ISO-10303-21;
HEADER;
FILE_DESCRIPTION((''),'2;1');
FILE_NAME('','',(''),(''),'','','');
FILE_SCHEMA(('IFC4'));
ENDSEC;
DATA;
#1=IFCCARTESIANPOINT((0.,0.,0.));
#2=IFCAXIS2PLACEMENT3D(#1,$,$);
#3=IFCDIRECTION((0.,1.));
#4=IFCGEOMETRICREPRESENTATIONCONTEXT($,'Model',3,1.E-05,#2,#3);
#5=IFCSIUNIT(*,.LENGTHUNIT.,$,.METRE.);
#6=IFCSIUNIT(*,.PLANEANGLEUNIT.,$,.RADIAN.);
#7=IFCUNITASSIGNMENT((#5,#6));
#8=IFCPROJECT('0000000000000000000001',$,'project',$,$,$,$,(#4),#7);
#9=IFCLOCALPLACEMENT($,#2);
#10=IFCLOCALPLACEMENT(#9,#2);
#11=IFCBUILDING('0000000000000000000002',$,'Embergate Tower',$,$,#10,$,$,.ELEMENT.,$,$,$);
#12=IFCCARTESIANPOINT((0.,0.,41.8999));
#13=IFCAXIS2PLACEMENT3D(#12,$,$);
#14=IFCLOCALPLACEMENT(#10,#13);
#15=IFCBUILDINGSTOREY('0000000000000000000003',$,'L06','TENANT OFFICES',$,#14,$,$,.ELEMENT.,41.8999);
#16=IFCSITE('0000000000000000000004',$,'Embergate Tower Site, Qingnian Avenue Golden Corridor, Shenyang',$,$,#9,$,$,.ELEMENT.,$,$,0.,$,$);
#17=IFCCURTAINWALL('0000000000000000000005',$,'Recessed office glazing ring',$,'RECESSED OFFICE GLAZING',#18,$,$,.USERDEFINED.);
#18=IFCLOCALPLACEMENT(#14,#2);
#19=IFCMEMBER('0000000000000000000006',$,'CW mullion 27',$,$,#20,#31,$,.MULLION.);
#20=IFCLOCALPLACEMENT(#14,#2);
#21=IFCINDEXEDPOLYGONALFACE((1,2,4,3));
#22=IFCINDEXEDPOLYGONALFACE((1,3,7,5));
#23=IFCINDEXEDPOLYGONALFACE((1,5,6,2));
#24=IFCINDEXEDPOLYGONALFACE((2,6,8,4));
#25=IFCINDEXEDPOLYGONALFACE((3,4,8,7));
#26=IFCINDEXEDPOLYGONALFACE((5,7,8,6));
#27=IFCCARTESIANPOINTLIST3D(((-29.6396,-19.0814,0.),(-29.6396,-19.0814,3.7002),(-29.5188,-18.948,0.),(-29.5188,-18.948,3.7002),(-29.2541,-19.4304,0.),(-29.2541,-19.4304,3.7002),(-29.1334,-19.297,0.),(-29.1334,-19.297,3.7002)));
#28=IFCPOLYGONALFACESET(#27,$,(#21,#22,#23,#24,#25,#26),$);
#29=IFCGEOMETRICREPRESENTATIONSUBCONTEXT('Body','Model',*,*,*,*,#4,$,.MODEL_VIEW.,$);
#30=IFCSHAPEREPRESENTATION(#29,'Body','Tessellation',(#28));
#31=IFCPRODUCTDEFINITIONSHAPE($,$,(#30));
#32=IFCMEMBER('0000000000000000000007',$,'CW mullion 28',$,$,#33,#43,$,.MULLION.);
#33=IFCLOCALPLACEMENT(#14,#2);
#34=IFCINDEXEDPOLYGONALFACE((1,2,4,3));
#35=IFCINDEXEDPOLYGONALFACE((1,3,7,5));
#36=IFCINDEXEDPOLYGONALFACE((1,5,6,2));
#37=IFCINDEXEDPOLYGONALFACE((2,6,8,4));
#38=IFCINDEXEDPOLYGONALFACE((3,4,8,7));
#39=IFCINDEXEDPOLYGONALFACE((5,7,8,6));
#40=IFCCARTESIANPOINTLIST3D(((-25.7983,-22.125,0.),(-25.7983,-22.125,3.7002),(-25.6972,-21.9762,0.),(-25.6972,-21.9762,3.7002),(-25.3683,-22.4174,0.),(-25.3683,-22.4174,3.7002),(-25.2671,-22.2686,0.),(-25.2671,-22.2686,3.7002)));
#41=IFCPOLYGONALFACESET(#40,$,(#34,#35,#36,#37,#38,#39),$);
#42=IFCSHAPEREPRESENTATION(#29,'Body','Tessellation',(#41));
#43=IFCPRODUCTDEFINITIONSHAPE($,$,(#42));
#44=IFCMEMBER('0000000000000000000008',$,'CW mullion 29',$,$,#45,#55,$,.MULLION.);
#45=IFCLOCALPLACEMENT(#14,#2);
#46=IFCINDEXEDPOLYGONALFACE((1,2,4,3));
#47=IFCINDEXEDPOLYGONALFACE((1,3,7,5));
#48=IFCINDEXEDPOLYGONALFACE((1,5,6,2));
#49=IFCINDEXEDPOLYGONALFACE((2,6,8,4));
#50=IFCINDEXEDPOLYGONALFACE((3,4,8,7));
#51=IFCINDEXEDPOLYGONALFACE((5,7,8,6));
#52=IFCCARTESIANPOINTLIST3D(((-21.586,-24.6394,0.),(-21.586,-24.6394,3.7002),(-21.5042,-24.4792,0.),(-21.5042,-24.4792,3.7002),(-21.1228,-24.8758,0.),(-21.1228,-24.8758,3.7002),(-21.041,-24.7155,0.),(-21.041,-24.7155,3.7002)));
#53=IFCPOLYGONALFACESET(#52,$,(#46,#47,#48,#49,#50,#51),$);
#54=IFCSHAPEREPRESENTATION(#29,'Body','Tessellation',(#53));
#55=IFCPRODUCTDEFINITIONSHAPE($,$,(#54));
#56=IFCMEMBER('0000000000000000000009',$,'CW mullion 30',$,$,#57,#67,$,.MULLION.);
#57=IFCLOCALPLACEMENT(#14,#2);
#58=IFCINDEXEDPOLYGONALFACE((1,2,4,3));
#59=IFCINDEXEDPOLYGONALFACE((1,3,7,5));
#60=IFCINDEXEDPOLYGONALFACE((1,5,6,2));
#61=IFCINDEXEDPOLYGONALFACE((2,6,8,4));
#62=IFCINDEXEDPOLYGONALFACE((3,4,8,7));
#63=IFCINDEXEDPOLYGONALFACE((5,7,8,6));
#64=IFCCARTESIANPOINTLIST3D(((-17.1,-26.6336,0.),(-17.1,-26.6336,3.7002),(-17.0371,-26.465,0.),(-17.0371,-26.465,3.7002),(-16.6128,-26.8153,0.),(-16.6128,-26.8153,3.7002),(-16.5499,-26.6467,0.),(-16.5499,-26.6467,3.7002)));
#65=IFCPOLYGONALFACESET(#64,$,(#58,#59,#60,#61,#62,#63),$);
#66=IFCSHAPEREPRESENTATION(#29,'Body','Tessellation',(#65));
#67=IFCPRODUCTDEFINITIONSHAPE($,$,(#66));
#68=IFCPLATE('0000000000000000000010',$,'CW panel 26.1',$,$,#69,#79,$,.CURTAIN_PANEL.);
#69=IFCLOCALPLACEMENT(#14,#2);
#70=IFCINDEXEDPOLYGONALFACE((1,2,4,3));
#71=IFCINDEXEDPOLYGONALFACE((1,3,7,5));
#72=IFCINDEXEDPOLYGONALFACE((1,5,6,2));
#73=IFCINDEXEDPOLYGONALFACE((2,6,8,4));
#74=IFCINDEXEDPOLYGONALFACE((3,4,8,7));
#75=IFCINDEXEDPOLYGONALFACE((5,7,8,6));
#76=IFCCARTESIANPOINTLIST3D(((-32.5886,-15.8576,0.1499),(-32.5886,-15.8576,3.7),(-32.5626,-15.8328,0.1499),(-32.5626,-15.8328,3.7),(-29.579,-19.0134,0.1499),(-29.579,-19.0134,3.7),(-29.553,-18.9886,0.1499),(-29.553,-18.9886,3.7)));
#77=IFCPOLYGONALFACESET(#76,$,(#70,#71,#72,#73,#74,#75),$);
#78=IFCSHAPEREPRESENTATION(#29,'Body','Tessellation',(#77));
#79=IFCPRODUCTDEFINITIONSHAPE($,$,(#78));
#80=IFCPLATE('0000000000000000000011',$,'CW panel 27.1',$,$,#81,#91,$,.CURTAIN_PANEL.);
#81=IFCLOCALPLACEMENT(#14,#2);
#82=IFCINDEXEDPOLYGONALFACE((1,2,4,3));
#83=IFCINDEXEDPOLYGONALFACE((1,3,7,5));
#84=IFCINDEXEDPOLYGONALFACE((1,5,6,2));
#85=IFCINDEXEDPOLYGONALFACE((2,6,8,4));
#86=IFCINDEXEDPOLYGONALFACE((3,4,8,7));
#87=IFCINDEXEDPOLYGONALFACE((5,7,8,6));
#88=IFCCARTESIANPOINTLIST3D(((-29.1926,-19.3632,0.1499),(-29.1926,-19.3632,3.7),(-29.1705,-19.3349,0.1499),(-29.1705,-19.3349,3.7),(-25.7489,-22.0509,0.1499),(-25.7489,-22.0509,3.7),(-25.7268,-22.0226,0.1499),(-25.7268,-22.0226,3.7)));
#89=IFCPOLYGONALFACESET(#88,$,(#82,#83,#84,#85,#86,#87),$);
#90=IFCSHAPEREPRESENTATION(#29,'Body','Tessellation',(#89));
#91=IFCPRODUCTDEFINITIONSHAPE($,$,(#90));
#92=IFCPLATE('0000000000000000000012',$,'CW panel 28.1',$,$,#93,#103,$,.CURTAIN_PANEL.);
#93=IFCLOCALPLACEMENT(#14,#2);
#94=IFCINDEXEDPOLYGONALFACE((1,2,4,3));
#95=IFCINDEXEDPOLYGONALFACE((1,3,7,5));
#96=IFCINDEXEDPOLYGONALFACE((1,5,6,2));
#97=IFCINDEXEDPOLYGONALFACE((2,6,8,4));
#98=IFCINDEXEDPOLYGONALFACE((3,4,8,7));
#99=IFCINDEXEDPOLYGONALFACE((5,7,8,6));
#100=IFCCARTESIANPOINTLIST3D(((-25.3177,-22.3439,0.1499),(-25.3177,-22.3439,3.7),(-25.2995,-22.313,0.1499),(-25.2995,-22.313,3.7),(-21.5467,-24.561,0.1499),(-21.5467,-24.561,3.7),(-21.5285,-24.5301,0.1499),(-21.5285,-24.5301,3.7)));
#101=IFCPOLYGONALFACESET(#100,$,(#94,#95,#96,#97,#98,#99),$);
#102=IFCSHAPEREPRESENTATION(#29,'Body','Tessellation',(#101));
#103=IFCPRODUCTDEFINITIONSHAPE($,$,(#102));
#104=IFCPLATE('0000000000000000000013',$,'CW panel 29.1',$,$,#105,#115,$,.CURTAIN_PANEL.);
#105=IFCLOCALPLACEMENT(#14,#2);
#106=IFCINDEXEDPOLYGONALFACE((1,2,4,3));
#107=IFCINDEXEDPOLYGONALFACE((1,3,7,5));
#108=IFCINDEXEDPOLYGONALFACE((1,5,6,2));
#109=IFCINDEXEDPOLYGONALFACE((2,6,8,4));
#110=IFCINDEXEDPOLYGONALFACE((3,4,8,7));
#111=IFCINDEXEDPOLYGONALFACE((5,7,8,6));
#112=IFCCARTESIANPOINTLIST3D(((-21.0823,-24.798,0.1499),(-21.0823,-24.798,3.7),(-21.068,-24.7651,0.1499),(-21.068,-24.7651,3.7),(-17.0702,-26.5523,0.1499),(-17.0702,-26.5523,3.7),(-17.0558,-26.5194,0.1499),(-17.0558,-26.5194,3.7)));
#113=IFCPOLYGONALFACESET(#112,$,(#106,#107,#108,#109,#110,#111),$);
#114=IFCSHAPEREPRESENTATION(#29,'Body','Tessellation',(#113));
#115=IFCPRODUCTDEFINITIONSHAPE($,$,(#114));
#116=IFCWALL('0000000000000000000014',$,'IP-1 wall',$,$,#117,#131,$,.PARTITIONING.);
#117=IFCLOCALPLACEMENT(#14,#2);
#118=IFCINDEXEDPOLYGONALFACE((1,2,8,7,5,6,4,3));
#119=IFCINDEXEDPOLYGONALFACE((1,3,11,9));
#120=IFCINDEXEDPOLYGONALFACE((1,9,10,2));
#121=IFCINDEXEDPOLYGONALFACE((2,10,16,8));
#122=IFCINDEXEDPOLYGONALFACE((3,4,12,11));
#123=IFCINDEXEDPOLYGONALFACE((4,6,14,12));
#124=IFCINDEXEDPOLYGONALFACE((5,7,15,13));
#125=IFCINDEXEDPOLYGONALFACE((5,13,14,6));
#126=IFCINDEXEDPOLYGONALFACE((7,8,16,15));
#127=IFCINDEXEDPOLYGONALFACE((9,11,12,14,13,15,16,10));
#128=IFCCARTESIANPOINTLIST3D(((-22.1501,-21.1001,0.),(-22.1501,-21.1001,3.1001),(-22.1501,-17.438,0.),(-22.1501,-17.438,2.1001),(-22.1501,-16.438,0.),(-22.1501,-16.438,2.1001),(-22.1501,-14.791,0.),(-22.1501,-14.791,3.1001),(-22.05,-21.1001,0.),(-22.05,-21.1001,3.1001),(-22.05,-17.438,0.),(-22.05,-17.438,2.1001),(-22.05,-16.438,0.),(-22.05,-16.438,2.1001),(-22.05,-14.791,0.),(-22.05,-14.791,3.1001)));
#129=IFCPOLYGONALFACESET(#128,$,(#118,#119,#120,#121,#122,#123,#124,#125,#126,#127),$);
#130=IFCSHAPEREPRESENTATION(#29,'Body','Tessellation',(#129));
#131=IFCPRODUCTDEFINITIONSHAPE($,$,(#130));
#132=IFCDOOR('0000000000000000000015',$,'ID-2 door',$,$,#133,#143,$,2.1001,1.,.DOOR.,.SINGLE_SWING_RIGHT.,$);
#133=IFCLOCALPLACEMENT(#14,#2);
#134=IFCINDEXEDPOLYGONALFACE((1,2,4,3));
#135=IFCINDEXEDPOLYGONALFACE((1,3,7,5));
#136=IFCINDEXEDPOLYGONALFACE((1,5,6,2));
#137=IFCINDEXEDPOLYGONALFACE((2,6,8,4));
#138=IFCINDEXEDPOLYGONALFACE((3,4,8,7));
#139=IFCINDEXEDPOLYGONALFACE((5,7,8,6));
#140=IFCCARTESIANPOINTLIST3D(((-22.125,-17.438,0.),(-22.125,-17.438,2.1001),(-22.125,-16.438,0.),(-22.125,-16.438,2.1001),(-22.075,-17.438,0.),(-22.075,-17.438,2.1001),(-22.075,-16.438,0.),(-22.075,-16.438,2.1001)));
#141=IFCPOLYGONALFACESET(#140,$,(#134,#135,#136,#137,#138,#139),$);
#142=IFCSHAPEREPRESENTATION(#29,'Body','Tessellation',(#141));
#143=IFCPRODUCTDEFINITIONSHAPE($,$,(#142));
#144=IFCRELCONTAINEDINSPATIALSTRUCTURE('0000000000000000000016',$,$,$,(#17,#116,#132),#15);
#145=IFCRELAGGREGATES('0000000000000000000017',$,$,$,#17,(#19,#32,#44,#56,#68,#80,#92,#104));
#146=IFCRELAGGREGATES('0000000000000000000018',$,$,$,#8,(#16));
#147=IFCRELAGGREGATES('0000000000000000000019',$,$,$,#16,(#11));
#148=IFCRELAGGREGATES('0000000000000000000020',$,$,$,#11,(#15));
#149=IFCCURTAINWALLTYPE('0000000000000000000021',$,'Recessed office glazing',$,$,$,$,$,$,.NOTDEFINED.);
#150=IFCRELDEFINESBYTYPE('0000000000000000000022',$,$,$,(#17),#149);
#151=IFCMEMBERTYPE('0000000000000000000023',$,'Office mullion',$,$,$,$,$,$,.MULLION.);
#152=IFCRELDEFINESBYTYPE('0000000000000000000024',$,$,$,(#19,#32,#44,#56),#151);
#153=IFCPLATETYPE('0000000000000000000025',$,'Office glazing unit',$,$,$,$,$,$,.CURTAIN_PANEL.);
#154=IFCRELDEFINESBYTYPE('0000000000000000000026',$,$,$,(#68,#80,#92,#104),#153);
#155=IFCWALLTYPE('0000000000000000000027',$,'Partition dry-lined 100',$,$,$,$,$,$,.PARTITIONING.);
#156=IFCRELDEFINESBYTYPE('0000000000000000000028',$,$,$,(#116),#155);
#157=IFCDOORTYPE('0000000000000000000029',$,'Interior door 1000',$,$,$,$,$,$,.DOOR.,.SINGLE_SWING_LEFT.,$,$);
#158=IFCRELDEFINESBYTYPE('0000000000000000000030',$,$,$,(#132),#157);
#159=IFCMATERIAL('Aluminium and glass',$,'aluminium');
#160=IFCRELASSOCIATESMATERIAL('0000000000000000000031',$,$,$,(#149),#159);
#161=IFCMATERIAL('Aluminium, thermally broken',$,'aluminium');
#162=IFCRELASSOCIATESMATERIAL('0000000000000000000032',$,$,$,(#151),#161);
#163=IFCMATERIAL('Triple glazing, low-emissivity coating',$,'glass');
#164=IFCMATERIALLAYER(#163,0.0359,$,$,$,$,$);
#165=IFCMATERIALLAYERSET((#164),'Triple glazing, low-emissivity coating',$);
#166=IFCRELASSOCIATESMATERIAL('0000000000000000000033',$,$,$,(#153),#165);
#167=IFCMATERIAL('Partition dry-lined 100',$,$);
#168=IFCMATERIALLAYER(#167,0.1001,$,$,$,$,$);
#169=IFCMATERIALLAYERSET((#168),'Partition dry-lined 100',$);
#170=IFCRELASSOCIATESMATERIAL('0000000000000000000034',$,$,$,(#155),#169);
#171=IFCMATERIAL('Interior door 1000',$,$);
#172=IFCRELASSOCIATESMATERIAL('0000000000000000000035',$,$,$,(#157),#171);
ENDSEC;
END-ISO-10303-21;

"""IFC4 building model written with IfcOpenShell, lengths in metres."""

from ifc_helpers import new_model, si_unit, direction, frame, frame_2d, origin, origin_2d, place, context, subcontext, project, spatial, rectangle, extrude, source, transform, mapped, material, layer, layer_set, material_profile, profile_set, type_object, element, fill, aggregate, save


model = new_model("IFC4")

# Units and contexts
model_context = context("Model", 3, precision=1e-05, world=origin(), true_north=direction((0.0, 1.0)))
body_context = subcontext(model_context, "Body", "Model", "MODEL_VIEW")
ifc_project = project(units=[si_unit("LENGTHUNIT", "METRE"), si_unit("PLANEANGLEUNIT", "RADIAN")], contexts=[model_context])

# Site, building, storey
site_placement = place(None, origin())
site = spatial("IfcSite", under=ifc_project, at=site_placement, Name="Embergate Tower Site, Qingnian Avenue Golden Corridor, Shenyang", CompositionType="ELEMENT", RefElevation=0.0)
building_placement = place(site_placement, origin())
building = spatial("IfcBuilding", under=site, at=building_placement, Name="Embergate Tower", CompositionType="ELEMENT")
storey_placement = place(building_placement, frame((0.0, 0.0, 41.8999)))
storey = spatial("IfcBuildingStorey", under=building, at=storey_placement, Name="L06", Description="TENANT OFFICES", CompositionType="ELEMENT", Elevation=41.8999)

# Curtain wall, members, plates
ifc_material_1 = material(Name="Aluminium and glass", Category="aluminium")
curtain_wall_type = type_object("IfcCurtainWallType", Name="Recessed office glazing", PredefinedType="NOTDEFINED", material=ifc_material_1)
curtain_wall_placement = place(storey_placement, origin())
curtain_wall = element("IfcCurtainWall", 1, at=curtain_wall_placement, inside=storey, type_object=curtain_wall_type, Name="Recessed office glazing ring", ObjectType="RECESSED OFFICE GLAZING", PredefinedType="USERDEFINED")
ifc_material_2 = material(Name="Aluminium, thermally broken", Category="aluminium")
ifc_material_profile_1 = material_profile(ifc_material_2, rectangle(XDim=0.1799, YDim=0.52, at=origin_2d()), Name="AL 520x180")
ifc_profile_set_1 = profile_set([ifc_material_profile_1], Name="Aluminium, thermally broken")
member_type_1 = type_object("IfcMemberType", Name="Office mullion", PredefinedType="MULLION", material=ifc_profile_set_1)
shared_shape_1 = source(origin(), body_context, "Body", "SweptSolid", [
    extrude(rectangle(XDim=0.1799, YDim=0.52, at=origin_2d()), origin(), (0.0, 0.0, 1.0), 3.7002),
])
member_1_placement = place(storey_placement, frame((-29.3865, -19.1892, 0.0), z_axis=(0.0, 0.0, 1.0), x_axis=(0.671227, 0.741252, 0.0)))
member_1 = element("IfcMember", 2, at=member_1_placement, type_object=member_type_1, Name="CW mullion 27", PredefinedType="MULLION", context=body_context, shape_type="MappedRepresentation", body=[
    mapped(shared_shape_1, transform((0.0, 0.0, 0.0))),
])
member_2_placement = place(storey_placement, frame((-25.5327, -22.1968, 0.0), z_axis=(0.0, 0.0, 1.0), x_axis=(0.562216, 0.82699, 0.0)))
member_2 = element("IfcMember", 3, at=member_2_placement, type_object=member_type_1, Name="CW mullion 28", PredefinedType="MULLION", context=body_context, shape_type="MappedRepresentation", body=[
    mapped(shared_shape_1, transform((0.0, 0.0, 0.0))),
])
member_3_placement = place(storey_placement, frame((-21.3135, -24.6775, 0.0), z_axis=(0.0, 0.0, 1.0), x_axis=(0.45451, 0.890742, 0.0)))
member_3 = element("IfcMember", 4, at=member_3_placement, type_object=member_type_1, Name="CW mullion 29", PredefinedType="MULLION", context=body_context, shape_type="MappedRepresentation", body=[
    mapped(shared_shape_1, transform((0.0, 0.0, 0.0))),
])
member_4_placement = place(storey_placement, frame((-16.825, -26.6401, 0.0), z_axis=(0.0, 0.0, 1.0), x_axis=(0.349501, 0.936936, 0.0)))
member_4 = element("IfcMember", 5, at=member_4_placement, type_object=member_type_1, Name="CW mullion 30", PredefinedType="MULLION", context=body_context, shape_type="MappedRepresentation", body=[
    mapped(shared_shape_1, transform((0.0, 0.0, 0.0))),
])
ifc_material_3 = material(Name="Triple glazing, low-emissivity coating", Category="glass")
ifc_layer_1 = layer(ifc_material_3, 0.0359)
ifc_layer_set_1 = layer_set([ifc_layer_1], Name="Triple glazing, low-emissivity coating")
plate_type = type_object("IfcPlateType", Name="Office glazing unit", PredefinedType="CURTAIN_PANEL", material=ifc_layer_set_1)
shared_shape_2 = source(origin(), body_context, "Body", "SweptSolid", [
    extrude(rectangle(XDim=4.3608, YDim=0.0359, at=origin_2d()), origin(), (0.0, 0.0, 1.0), 3.55),
])
plate_1_placement = place(storey_placement, frame((-31.0708, -17.4231, 0.1499), z_axis=(0.0, 0.0, 1.0), x_axis=(0.690136, -0.723679, 0.0)))
plate_1 = element("IfcPlate", 6, at=plate_1_placement, type_object=plate_type, Name="CW panel 26.1", PredefinedType="CURTAIN_PANEL", context=body_context, shape_type="MappedRepresentation", body=[
    mapped(shared_shape_2, transform((0.0, 0.0, 0.0))),
])
shared_shape_3 = source(origin(), body_context, "Body", "SweptSolid", [
    extrude(rectangle(XDim=4.3684, YDim=0.0359, at=origin_2d()), origin(), (0.0, 0.0, 1.0), 3.55),
])
plate_2_placement = place(storey_placement, frame((-27.4597, -20.6929, 0.1499), z_axis=(0.0, 0.0, 1.0), x_axis=(0.788322, -0.615263, 0.0)))
plate_2 = element("IfcPlate", 7, at=plate_2_placement, type_object=plate_type, Name="CW panel 27.1", PredefinedType="CURTAIN_PANEL", context=body_context, shape_type="MappedRepresentation", body=[
    mapped(shared_shape_3, transform((0.0, 0.0, 0.0))),
])
shared_shape_4 = source(origin(), body_context, "Body", "SweptSolid", [
    extrude(rectangle(XDim=4.3745, YDim=0.0359, at=origin_2d()), origin(), (0.0, 0.0, 1.0), 3.55),
])
plate_3_placement = place(storey_placement, frame((-23.4231, -23.437, 0.1499), z_axis=(0.0, 0.0, 1.0), x_axis=(0.862054, -0.506816, 0.0)))
plate_3 = element("IfcPlate", 8, at=plate_3_placement, type_object=plate_type, Name="CW panel 28.1", PredefinedType="CURTAIN_PANEL", context=body_context, shape_type="MappedRepresentation", body=[
    mapped(shared_shape_4, transform((0.0, 0.0, 0.0))),
])
shared_shape_5 = source(origin(), body_context, "Body", "SweptSolid", [
    extrude(rectangle(XDim=4.3789, YDim=0.0359, at=origin_2d()), origin(), (0.0, 0.0, 1.0), 3.55),
])
plate_4_placement = place(storey_placement, frame((-19.0691, -25.6587, 0.1499), z_axis=(0.0, 0.0, 1.0), x_axis=(0.916237, -0.400637, 0.0)))
plate_4 = element("IfcPlate", 9, at=plate_4_placement, type_object=plate_type, Name="CW panel 29.1", PredefinedType="CURTAIN_PANEL", context=body_context, shape_type="MappedRepresentation", body=[
    mapped(shared_shape_5, transform((0.0, 0.0, 0.0))),
])
aggregate(curtain_wall, [member_1, member_2, member_3, member_4, plate_1, plate_2, plate_3, plate_4])

# Wall, opening, door
ifc_material_4 = material(Name="Partition dry-lined 100")
ifc_layer_2 = layer(ifc_material_4, 0.1001)
ifc_layer_set_2 = layer_set([ifc_layer_2], Name="Partition dry-lined 100")
wall_type = type_object("IfcWallType", Name="Partition dry-lined 100", PredefinedType="PARTITIONING", material=ifc_layer_set_2)
shared_shape_6 = source(origin(), body_context, "Body", "SweptSolid", [
    extrude(rectangle(XDim=6.3091, YDim=0.1001, at=frame_2d((3.1545, 0.0))), origin(), (0.0, 0.0, 1.0), 3.1001),
])
wall_placement = place(storey_placement, frame((-22.1001, -21.1001, 0.0), z_axis=(0.0, 0.0, 1.0), x_axis=(0.0, 1.0, 0.0)))
wall = element("IfcWall", 10, at=wall_placement, inside=storey, type_object=wall_type, Name="IP-1 wall", PredefinedType="PARTITIONING", context=body_context, shape_type="MappedRepresentation", body=[
    mapped(shared_shape_6, transform((0.0, 0.0, 0.0))),
])
shared_shape_7 = source(origin(), body_context, "Body", "SweptSolid", [
    extrude(rectangle(XDim=1.0, YDim=2.1001, at=frame_2d((0.5, 1.05))), frame((0.0, 0.0601, 0.0), z_axis=(0.0, -1.0, 0.0), x_axis=(1.0, 0.0, 0.0)), (0.0, 0.0, 1.0), 0.1201),
])
opening_placement = place(wall_placement, frame((3.6621, 0.0, 0.0)))
opening = element("IfcOpeningElement", 11, at=opening_placement, cuts=wall, PredefinedType="OPENING", context=body_context, shape_type="MappedRepresentation", body=[
    mapped(shared_shape_7, transform((0.0, 0.0, 0.0))),
])
ifc_material_5 = material(Name="Interior door 1000")
door_type = type_object("IfcDoorType", Name="Interior door 1000", OperationType="SINGLE_SWING_LEFT", PredefinedType="DOOR", material=ifc_material_5)
shared_shape_8 = source(origin(), body_context, "Body", "SweptSolid", [
    extrude(rectangle(XDim=1.0, YDim=2.1001, at=frame_2d((0.5, 1.05))), frame((0.0, 0.0249, 0.0), z_axis=(0.0, -1.0, 0.0), x_axis=(1.0, 0.0, 0.0)), (0.0, 0.0, 1.0), 0.05),
])
door_placement = place(opening_placement, origin())
door = element("IfcDoor", 12, at=door_placement, inside=storey, type_object=door_type, Name="ID-2 door", OperationType="SINGLE_SWING_RIGHT", OverallHeight=2.1001, OverallWidth=1.0, PredefinedType="DOOR", context=body_context, shape_type="MappedRepresentation", body=[
    mapped(shared_shape_8, transform((0.0, 0.0, 0.0))),
])
fill(opening, door)

save(model, "model.ifc")
